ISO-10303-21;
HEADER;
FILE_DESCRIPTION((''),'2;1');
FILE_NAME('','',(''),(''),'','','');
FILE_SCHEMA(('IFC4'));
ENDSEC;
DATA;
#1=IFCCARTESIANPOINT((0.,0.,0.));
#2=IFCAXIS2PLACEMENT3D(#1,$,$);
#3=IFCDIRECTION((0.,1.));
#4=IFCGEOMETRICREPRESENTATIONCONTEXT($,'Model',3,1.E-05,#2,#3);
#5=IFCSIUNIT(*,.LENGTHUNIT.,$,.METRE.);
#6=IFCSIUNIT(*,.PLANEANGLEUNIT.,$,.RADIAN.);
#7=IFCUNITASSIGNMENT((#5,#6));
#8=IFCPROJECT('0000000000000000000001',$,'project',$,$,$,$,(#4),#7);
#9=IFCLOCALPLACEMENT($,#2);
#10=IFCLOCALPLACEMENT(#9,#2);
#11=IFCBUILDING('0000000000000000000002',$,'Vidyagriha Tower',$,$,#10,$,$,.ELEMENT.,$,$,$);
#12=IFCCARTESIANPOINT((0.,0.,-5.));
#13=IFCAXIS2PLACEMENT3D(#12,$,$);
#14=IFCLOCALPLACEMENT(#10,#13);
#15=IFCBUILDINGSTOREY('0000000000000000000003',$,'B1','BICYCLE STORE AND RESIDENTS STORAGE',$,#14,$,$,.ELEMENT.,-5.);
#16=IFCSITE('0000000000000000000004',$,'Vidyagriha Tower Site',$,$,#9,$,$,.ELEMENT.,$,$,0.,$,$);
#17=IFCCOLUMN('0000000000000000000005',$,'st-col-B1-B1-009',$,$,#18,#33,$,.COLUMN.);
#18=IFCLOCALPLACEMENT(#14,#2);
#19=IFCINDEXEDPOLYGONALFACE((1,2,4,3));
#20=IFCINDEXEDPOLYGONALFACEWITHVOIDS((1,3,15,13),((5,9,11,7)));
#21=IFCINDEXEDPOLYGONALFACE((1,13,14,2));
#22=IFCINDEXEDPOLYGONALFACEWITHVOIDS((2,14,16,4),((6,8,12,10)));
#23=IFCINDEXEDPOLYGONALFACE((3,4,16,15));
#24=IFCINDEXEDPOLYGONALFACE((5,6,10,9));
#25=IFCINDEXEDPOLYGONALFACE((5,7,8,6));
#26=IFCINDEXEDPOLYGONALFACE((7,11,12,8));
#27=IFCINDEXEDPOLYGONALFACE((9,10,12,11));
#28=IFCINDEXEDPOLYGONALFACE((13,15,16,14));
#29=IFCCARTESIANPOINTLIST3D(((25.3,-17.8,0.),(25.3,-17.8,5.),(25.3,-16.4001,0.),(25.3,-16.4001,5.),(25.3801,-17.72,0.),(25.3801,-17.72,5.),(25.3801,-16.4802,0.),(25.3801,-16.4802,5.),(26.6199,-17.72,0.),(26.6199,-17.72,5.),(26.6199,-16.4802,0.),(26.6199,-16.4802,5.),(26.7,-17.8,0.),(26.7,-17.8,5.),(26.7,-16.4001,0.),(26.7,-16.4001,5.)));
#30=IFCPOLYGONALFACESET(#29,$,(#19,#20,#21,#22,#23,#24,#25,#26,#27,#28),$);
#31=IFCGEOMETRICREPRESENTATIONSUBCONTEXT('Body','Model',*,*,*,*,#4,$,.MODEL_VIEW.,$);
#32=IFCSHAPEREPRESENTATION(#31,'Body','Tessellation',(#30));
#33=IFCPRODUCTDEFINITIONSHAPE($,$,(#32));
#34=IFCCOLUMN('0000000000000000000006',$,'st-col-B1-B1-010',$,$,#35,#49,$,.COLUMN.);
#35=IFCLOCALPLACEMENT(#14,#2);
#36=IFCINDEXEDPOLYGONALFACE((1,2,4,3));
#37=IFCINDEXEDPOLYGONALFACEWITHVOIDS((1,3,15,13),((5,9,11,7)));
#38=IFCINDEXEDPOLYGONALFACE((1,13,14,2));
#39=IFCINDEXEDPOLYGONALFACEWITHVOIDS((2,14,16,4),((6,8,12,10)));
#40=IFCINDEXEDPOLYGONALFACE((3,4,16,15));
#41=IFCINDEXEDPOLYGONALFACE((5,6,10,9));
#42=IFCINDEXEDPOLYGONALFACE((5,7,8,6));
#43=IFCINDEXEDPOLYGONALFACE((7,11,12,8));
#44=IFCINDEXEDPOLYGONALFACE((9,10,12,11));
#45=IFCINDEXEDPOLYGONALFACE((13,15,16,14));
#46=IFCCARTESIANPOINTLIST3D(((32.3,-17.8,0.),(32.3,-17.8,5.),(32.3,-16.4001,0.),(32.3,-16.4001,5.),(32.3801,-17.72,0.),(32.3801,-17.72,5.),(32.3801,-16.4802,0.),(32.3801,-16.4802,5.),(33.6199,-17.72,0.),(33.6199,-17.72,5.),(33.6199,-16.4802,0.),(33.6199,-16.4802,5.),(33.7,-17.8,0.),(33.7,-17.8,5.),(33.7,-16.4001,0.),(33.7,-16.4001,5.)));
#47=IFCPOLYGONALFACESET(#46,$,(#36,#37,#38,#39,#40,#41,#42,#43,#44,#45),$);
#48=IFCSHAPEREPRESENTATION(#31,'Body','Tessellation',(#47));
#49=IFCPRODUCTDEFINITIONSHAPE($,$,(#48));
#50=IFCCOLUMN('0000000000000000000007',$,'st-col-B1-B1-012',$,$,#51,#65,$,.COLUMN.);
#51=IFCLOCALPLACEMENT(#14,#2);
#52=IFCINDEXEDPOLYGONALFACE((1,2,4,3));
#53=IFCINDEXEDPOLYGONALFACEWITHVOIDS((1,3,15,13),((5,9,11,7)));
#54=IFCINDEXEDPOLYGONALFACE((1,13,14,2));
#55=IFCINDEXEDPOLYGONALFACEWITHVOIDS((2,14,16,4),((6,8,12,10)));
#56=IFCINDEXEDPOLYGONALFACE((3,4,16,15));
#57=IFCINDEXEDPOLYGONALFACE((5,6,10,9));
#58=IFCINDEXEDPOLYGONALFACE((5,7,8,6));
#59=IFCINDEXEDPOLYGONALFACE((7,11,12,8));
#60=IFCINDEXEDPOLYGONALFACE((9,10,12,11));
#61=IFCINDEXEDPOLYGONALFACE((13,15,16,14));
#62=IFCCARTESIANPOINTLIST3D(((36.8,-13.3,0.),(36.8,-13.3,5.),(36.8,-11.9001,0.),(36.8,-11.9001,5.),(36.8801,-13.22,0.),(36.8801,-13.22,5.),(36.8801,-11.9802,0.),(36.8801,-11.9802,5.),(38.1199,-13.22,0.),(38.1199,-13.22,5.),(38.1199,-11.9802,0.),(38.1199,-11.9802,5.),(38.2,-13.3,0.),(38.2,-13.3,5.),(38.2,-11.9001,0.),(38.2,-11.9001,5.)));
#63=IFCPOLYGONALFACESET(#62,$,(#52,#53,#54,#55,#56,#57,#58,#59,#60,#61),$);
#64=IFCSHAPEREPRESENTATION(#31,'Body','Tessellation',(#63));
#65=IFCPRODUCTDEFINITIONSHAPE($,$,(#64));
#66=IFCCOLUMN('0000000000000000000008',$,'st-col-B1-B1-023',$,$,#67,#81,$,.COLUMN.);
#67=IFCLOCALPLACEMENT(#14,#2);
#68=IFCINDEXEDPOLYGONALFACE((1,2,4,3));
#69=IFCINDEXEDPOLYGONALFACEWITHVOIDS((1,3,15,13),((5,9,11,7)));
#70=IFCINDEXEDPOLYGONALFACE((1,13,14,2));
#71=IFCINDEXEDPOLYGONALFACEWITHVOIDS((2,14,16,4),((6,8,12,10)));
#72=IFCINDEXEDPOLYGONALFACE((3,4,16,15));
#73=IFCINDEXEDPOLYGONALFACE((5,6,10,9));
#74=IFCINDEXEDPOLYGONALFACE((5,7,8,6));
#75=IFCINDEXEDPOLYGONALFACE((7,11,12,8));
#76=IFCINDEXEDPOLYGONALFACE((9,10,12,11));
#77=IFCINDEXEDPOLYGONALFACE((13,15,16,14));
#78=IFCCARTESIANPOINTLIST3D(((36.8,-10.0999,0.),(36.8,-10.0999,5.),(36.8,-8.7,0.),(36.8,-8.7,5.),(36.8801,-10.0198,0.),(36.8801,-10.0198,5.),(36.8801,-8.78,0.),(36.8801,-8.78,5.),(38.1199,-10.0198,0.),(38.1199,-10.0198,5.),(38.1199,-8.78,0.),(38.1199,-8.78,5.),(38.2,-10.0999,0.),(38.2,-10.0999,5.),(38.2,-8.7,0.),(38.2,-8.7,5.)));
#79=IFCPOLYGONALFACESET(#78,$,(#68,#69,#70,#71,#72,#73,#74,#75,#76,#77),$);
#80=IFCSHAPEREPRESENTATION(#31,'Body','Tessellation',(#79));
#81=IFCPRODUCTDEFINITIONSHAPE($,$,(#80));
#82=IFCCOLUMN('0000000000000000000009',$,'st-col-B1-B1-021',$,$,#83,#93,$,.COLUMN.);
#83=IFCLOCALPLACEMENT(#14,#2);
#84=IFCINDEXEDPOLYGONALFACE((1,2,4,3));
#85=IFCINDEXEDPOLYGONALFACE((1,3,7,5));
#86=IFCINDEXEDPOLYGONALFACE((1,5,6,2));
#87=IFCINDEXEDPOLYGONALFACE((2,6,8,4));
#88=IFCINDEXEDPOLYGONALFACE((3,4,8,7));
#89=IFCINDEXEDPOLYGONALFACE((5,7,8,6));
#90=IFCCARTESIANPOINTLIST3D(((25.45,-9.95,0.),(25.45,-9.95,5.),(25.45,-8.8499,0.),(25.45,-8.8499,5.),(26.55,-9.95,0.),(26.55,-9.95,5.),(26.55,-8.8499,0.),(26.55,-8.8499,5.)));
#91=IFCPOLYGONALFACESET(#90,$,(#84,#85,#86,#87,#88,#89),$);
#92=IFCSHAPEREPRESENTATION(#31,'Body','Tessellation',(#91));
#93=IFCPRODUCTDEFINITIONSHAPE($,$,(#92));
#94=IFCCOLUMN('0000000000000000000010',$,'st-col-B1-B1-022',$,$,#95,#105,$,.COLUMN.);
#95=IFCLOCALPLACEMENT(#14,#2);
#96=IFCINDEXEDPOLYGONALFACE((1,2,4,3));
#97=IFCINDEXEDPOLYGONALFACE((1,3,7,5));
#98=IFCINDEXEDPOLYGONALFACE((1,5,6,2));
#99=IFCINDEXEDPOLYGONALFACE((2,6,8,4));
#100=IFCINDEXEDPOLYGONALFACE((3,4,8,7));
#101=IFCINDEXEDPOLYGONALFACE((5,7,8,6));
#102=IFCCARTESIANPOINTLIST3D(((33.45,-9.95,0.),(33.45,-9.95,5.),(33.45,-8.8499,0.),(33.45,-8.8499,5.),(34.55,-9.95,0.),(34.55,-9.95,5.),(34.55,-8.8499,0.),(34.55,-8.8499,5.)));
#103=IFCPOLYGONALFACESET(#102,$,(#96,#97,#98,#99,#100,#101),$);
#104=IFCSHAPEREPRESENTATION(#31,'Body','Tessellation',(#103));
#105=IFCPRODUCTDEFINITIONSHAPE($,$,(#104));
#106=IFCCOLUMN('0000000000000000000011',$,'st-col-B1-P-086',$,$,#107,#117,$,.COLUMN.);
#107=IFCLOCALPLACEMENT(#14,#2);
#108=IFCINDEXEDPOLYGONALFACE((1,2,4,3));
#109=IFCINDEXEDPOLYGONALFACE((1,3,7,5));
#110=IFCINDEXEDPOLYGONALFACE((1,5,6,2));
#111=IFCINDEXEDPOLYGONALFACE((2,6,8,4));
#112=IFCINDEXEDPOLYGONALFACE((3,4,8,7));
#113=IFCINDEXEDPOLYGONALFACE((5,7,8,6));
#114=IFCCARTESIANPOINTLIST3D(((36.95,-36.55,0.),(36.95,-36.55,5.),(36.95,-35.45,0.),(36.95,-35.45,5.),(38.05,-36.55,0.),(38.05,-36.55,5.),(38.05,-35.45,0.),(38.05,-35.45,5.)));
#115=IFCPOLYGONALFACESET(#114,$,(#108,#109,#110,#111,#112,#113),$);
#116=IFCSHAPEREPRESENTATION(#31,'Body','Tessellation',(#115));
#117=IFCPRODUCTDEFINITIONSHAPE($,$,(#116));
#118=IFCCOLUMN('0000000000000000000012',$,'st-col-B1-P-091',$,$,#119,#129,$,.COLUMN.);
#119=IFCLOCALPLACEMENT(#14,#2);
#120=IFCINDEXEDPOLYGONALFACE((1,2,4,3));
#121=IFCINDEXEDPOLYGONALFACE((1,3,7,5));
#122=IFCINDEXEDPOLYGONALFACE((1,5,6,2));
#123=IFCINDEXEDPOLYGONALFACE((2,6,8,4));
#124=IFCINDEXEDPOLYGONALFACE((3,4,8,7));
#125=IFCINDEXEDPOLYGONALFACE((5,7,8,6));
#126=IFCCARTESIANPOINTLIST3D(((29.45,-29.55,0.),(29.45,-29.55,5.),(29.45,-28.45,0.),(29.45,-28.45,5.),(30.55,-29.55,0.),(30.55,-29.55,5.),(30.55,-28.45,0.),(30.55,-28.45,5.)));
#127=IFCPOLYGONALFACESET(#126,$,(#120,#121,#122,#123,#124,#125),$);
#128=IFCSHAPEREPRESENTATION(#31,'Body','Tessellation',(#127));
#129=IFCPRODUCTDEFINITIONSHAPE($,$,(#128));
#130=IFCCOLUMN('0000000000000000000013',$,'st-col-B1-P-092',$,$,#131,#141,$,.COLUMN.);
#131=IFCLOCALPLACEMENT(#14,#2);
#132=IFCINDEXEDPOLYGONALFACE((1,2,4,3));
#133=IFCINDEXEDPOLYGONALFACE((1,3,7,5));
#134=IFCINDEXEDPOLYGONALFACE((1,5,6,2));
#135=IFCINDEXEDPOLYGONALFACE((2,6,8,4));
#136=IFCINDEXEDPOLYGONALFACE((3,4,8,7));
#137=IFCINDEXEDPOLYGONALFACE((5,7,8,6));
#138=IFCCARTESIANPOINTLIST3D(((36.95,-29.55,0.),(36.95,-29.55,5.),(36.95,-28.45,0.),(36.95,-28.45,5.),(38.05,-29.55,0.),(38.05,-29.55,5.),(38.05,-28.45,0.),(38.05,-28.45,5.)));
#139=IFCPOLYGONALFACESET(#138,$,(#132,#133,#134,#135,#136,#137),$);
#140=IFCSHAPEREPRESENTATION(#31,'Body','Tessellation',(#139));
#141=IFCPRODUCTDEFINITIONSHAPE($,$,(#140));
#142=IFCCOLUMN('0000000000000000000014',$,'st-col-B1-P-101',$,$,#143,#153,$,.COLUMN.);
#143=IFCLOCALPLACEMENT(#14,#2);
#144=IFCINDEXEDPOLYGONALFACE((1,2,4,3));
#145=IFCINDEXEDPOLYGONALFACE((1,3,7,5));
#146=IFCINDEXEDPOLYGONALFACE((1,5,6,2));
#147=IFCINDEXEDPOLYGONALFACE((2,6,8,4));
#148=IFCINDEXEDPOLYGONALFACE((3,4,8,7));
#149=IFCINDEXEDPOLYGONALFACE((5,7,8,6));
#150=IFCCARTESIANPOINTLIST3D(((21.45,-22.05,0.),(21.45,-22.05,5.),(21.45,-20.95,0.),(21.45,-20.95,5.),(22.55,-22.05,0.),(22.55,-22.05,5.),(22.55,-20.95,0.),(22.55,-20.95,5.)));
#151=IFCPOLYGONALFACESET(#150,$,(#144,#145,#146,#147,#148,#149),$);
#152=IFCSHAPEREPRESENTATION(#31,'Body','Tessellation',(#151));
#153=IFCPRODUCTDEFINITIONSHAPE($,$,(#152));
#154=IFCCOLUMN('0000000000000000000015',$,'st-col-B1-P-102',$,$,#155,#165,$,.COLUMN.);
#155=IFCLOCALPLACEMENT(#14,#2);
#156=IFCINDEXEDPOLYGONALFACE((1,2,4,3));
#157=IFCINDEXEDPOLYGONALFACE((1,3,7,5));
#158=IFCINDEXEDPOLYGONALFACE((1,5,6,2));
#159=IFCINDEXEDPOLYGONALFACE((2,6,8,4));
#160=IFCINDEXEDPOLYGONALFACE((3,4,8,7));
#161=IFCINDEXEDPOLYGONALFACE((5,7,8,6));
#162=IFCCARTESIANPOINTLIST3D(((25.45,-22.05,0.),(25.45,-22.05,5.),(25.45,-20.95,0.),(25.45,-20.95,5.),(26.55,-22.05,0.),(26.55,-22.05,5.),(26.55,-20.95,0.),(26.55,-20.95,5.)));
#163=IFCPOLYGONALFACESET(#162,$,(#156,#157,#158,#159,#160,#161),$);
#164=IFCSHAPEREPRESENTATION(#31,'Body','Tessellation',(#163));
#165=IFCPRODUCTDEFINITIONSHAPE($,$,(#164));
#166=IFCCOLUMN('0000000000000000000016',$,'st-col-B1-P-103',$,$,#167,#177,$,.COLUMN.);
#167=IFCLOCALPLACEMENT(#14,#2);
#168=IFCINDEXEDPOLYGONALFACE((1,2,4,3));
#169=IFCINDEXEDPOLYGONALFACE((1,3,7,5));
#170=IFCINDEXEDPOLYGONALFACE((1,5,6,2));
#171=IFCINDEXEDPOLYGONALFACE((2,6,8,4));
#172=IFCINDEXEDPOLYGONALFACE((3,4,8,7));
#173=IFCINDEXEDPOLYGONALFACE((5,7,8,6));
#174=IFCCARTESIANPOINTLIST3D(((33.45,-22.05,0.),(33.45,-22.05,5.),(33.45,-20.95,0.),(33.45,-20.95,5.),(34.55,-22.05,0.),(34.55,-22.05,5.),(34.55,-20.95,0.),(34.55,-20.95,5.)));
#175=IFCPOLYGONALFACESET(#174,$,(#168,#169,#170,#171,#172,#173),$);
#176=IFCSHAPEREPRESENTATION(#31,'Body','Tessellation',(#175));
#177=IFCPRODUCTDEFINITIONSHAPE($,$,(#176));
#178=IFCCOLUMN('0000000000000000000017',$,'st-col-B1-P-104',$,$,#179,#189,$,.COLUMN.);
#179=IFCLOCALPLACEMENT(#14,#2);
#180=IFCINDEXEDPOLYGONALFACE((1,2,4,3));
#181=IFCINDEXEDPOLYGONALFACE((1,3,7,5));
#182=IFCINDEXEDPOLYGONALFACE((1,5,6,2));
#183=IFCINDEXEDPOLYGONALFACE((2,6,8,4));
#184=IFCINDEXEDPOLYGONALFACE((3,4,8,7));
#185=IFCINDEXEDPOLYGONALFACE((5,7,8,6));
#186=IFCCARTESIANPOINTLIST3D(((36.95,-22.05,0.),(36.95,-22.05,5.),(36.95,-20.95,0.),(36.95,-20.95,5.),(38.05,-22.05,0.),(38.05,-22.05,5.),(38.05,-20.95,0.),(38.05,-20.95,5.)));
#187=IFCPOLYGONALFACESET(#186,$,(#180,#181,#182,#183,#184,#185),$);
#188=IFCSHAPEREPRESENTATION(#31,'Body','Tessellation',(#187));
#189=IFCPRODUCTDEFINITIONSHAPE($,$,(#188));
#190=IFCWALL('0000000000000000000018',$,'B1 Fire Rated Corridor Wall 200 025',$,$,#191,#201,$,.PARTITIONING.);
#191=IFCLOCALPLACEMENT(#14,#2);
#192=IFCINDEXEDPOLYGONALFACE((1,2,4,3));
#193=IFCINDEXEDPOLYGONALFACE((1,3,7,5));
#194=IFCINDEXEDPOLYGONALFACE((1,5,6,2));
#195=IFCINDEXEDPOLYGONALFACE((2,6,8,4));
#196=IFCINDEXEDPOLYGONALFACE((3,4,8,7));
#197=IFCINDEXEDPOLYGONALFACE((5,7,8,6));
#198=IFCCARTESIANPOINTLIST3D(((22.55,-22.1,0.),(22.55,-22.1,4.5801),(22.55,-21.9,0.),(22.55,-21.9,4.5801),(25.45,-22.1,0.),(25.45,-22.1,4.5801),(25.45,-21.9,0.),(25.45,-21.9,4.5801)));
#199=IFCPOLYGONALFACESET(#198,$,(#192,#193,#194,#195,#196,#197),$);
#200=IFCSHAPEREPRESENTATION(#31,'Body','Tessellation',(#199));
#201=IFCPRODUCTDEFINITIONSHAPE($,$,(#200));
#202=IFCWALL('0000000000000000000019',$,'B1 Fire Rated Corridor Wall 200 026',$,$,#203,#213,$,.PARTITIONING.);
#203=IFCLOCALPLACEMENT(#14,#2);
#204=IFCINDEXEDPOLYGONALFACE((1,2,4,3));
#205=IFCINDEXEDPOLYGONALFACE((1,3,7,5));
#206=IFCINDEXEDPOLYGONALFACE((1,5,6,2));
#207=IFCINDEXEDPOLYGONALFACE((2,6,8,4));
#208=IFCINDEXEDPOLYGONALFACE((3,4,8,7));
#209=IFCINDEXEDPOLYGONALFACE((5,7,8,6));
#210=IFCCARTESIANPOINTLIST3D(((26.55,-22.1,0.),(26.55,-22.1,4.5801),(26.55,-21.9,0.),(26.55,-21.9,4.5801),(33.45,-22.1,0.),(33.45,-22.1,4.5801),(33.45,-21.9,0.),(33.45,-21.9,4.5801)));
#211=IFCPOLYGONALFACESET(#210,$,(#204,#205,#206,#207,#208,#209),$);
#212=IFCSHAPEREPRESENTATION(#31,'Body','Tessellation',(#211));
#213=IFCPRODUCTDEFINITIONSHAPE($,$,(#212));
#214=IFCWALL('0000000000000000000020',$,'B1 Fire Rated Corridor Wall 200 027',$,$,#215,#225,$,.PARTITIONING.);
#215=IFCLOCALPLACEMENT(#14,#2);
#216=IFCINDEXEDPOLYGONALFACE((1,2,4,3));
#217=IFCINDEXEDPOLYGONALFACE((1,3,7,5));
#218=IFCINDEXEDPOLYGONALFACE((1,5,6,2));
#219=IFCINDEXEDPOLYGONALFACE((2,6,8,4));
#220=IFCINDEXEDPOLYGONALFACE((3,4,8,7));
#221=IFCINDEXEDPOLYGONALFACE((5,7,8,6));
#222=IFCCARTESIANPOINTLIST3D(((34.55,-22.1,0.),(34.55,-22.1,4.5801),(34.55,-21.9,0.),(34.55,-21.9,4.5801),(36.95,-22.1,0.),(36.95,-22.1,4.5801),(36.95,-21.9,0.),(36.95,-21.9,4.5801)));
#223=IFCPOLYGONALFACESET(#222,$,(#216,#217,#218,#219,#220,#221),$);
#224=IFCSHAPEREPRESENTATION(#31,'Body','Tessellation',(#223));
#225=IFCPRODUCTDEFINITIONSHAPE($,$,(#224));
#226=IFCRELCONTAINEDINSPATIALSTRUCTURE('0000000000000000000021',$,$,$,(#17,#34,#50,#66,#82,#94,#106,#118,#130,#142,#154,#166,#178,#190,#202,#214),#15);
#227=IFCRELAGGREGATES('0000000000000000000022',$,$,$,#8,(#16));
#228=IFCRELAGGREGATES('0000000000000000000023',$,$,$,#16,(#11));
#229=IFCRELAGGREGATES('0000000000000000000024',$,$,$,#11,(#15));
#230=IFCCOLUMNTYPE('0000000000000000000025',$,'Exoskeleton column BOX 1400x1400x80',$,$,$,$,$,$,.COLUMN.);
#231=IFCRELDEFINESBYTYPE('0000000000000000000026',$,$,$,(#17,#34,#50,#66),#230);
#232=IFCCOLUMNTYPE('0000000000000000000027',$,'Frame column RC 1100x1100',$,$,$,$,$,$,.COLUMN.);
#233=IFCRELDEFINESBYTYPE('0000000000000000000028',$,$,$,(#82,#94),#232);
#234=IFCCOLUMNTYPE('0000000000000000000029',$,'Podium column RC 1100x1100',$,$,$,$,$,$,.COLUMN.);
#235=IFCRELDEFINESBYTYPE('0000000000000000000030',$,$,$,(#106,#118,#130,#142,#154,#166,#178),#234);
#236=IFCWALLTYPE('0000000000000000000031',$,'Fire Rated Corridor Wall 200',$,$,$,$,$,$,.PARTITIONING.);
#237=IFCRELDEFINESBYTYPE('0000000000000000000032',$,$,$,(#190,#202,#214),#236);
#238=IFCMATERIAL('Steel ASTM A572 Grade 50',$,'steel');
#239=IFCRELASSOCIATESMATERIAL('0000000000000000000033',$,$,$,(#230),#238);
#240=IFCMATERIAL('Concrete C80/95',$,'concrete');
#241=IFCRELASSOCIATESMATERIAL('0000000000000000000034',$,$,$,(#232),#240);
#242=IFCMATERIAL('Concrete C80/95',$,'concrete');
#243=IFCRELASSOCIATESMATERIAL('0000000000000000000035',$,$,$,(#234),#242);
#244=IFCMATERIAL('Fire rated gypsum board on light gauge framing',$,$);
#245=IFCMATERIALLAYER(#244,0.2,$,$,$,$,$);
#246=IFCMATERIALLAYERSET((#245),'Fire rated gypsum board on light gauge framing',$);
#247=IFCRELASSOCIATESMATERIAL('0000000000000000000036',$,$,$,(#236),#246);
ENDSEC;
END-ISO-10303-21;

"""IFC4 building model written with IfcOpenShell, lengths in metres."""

from ifc_helpers import new_model, si_unit, direction, frame, frame_2d, origin, origin_2d, place, context, subcontext, project, spatial, rectangle, hollow_rectangle, extrude, material, layer, layer_set, material_profile, profile_set, type_object, element, save


model = new_model("IFC4")

# Units and contexts
model_context = context("Model", 3, precision=1e-05, world=origin(), true_north=direction((0.0, 1.0)))
body_context = subcontext(model_context, "Body", "Model", "MODEL_VIEW")
ifc_project = project(units=[si_unit("LENGTHUNIT", "METRE"), si_unit("PLANEANGLEUNIT", "RADIAN")], contexts=[model_context])

# Site, building, storey
site_placement = place(None, origin())
site = spatial("IfcSite", under=ifc_project, at=site_placement, Name="Vidyagriha Tower Site", CompositionType="ELEMENT", RefElevation=0.0)
building_placement = place(site_placement, origin())
building = spatial("IfcBuilding", under=site, at=building_placement, Name="Vidyagriha Tower", CompositionType="ELEMENT")
storey_placement = place(building_placement, frame((0.0, 0.0, -5.0)))
storey = spatial("IfcBuildingStorey", under=building, at=storey_placement, Name="B1", Description="BICYCLE STORE AND RESIDENTS STORAGE", CompositionType="ELEMENT", Elevation=-5.0)

# Columns
ifc_material_1 = material(Name="Steel ASTM A572 Grade 50", Category="steel")
ifc_material_profile_1 = material_profile(ifc_material_1, hollow_rectangle(XDim=1.3999, YDim=1.3999, WallThickness=0.0801, at=origin_2d()), Name="BOX 1400x1400x80")
ifc_profile_set_1 = profile_set([ifc_material_profile_1], Name="Steel ASTM A572 Grade 50")
column_type_1 = type_object("IfcColumnType", Name="Exoskeleton column BOX 1400x1400x80", PredefinedType="COLUMN", material=ifc_profile_set_1)
for number, where, name in (
    (1, (26.0, -17.1001, 0.0), "st-col-B1-B1-009"),
    (2, (33.0, -17.1001, 0.0), "st-col-B1-B1-010"),
    (3, (37.5, -12.6001, 0.0), "st-col-B1-B1-012"),
    (4, (37.5, -9.3999, 0.0), "st-col-B1-B1-023"),
):
    element("IfcColumn", number, at=place(storey_placement, frame(where)), inside=storey, type_object=column_type_1, Name=name, PredefinedType="COLUMN", context=body_context, shape_type="SweptSolid", body=[
        extrude(hollow_rectangle(XDim=1.3999, YDim=1.3999, WallThickness=0.0801, at=origin_2d()), origin(), (0.0, 0.0, 1.0), 5.0),
    ])
ifc_material_2 = material(Name="Concrete C80/95", Category="concrete")
ifc_material_profile_2 = material_profile(ifc_material_2, rectangle(XDim=1.1001, YDim=1.1001, at=origin_2d()), Name="RC 1100x1100")
ifc_profile_set_2 = profile_set([ifc_material_profile_2], Name="Concrete C80/95")
column_type_2 = type_object("IfcColumnType", Name="Frame column RC 1100x1100", PredefinedType="COLUMN", material=ifc_profile_set_2)
for number, where, name in (
    (5, (26.0, -9.3999, 0.0), "st-col-B1-B1-021"),
    (6, (34.0, -9.3999, 0.0), "st-col-B1-B1-022"),
):
    element("IfcColumn", number, at=place(storey_placement, frame(where)), inside=storey, type_object=column_type_2, Name=name, PredefinedType="COLUMN", context=body_context, shape_type="SweptSolid", body=[
        extrude(rectangle(XDim=1.1001, YDim=1.1001, at=origin_2d()), origin(), (0.0, 0.0, 1.0), 5.0),
    ])
ifc_material_3 = material(Name="Concrete C80/95", Category="concrete")
ifc_material_profile_3 = material_profile(ifc_material_3, rectangle(XDim=1.1001, YDim=1.1001, at=origin_2d()), Name="RC 1100x1100")
ifc_profile_set_3 = profile_set([ifc_material_profile_3], Name="Concrete C80/95")
column_type_3 = type_object("IfcColumnType", Name="Podium column RC 1100x1100", PredefinedType="COLUMN", material=ifc_profile_set_3)
for number, where, name in (
    (7, (37.5, -36.0, 0.0), "st-col-B1-P-086"),
    (8, (30.0, -29.0, 0.0), "st-col-B1-P-091"),
    (9, (37.5, -29.0, 0.0), "st-col-B1-P-092"),
    (10, (22.0, -21.5, 0.0), "st-col-B1-P-101"),
    (11, (26.0, -21.5, 0.0), "st-col-B1-P-102"),
    (12, (34.0, -21.5, 0.0), "st-col-B1-P-103"),
    (13, (37.5, -21.5, 0.0), "st-col-B1-P-104"),
):
    element("IfcColumn", number, at=place(storey_placement, frame(where)), inside=storey, type_object=column_type_3, Name=name, PredefinedType="COLUMN", context=body_context, shape_type="SweptSolid", body=[
        extrude(rectangle(XDim=1.1001, YDim=1.1001, at=origin_2d()), origin(), (0.0, 0.0, 1.0), 5.0),
    ])

# Walls
ifc_material_4 = material(Name="Fire rated gypsum board on light gauge framing")
ifc_layer = layer(ifc_material_4, 0.2)
ifc_layer_set = layer_set([ifc_layer], Name="Fire rated gypsum board on light gauge framing")
wall_type = type_object("IfcWallType", Name="Fire Rated Corridor Wall 200", PredefinedType="PARTITIONING", material=ifc_layer_set)
wall_1_placement = place(storey_placement, frame((22.55, -22.0, 0.0)))
element("IfcWall", 14, at=wall_1_placement, inside=storey, type_object=wall_type, Name="B1 Fire Rated Corridor Wall 200 025", PredefinedType="PARTITIONING", context=body_context, shape_type="SweptSolid", body=[
    extrude(rectangle(XDim=2.8999, YDim=0.2, at=frame_2d((1.45, 0.0))), origin(), (0.0, 0.0, 1.0), 4.5801),
])
wall_2_placement = place(storey_placement, frame((26.55, -22.0, 0.0)))
element("IfcWall", 15, at=wall_2_placement, inside=storey, type_object=wall_type, Name="B1 Fire Rated Corridor Wall 200 026", PredefinedType="PARTITIONING", context=body_context, shape_type="SweptSolid", body=[
    extrude(rectangle(XDim=6.8999, YDim=0.2, at=frame_2d((3.45, 0.0))), origin(), (0.0, 0.0, 1.0), 4.5801),
])
wall_3_placement = place(storey_placement, frame((34.55, -22.0, 0.0)))
element("IfcWall", 16, at=wall_3_placement, inside=storey, type_object=wall_type, Name="B1 Fire Rated Corridor Wall 200 027", PredefinedType="PARTITIONING", context=body_context, shape_type="SweptSolid", body=[
    extrude(rectangle(XDim=2.3999, YDim=0.2, at=frame_2d((1.2, 0.0))), origin(), (0.0, 0.0, 1.0), 4.5801),
])

save(model, "model.ifc")
